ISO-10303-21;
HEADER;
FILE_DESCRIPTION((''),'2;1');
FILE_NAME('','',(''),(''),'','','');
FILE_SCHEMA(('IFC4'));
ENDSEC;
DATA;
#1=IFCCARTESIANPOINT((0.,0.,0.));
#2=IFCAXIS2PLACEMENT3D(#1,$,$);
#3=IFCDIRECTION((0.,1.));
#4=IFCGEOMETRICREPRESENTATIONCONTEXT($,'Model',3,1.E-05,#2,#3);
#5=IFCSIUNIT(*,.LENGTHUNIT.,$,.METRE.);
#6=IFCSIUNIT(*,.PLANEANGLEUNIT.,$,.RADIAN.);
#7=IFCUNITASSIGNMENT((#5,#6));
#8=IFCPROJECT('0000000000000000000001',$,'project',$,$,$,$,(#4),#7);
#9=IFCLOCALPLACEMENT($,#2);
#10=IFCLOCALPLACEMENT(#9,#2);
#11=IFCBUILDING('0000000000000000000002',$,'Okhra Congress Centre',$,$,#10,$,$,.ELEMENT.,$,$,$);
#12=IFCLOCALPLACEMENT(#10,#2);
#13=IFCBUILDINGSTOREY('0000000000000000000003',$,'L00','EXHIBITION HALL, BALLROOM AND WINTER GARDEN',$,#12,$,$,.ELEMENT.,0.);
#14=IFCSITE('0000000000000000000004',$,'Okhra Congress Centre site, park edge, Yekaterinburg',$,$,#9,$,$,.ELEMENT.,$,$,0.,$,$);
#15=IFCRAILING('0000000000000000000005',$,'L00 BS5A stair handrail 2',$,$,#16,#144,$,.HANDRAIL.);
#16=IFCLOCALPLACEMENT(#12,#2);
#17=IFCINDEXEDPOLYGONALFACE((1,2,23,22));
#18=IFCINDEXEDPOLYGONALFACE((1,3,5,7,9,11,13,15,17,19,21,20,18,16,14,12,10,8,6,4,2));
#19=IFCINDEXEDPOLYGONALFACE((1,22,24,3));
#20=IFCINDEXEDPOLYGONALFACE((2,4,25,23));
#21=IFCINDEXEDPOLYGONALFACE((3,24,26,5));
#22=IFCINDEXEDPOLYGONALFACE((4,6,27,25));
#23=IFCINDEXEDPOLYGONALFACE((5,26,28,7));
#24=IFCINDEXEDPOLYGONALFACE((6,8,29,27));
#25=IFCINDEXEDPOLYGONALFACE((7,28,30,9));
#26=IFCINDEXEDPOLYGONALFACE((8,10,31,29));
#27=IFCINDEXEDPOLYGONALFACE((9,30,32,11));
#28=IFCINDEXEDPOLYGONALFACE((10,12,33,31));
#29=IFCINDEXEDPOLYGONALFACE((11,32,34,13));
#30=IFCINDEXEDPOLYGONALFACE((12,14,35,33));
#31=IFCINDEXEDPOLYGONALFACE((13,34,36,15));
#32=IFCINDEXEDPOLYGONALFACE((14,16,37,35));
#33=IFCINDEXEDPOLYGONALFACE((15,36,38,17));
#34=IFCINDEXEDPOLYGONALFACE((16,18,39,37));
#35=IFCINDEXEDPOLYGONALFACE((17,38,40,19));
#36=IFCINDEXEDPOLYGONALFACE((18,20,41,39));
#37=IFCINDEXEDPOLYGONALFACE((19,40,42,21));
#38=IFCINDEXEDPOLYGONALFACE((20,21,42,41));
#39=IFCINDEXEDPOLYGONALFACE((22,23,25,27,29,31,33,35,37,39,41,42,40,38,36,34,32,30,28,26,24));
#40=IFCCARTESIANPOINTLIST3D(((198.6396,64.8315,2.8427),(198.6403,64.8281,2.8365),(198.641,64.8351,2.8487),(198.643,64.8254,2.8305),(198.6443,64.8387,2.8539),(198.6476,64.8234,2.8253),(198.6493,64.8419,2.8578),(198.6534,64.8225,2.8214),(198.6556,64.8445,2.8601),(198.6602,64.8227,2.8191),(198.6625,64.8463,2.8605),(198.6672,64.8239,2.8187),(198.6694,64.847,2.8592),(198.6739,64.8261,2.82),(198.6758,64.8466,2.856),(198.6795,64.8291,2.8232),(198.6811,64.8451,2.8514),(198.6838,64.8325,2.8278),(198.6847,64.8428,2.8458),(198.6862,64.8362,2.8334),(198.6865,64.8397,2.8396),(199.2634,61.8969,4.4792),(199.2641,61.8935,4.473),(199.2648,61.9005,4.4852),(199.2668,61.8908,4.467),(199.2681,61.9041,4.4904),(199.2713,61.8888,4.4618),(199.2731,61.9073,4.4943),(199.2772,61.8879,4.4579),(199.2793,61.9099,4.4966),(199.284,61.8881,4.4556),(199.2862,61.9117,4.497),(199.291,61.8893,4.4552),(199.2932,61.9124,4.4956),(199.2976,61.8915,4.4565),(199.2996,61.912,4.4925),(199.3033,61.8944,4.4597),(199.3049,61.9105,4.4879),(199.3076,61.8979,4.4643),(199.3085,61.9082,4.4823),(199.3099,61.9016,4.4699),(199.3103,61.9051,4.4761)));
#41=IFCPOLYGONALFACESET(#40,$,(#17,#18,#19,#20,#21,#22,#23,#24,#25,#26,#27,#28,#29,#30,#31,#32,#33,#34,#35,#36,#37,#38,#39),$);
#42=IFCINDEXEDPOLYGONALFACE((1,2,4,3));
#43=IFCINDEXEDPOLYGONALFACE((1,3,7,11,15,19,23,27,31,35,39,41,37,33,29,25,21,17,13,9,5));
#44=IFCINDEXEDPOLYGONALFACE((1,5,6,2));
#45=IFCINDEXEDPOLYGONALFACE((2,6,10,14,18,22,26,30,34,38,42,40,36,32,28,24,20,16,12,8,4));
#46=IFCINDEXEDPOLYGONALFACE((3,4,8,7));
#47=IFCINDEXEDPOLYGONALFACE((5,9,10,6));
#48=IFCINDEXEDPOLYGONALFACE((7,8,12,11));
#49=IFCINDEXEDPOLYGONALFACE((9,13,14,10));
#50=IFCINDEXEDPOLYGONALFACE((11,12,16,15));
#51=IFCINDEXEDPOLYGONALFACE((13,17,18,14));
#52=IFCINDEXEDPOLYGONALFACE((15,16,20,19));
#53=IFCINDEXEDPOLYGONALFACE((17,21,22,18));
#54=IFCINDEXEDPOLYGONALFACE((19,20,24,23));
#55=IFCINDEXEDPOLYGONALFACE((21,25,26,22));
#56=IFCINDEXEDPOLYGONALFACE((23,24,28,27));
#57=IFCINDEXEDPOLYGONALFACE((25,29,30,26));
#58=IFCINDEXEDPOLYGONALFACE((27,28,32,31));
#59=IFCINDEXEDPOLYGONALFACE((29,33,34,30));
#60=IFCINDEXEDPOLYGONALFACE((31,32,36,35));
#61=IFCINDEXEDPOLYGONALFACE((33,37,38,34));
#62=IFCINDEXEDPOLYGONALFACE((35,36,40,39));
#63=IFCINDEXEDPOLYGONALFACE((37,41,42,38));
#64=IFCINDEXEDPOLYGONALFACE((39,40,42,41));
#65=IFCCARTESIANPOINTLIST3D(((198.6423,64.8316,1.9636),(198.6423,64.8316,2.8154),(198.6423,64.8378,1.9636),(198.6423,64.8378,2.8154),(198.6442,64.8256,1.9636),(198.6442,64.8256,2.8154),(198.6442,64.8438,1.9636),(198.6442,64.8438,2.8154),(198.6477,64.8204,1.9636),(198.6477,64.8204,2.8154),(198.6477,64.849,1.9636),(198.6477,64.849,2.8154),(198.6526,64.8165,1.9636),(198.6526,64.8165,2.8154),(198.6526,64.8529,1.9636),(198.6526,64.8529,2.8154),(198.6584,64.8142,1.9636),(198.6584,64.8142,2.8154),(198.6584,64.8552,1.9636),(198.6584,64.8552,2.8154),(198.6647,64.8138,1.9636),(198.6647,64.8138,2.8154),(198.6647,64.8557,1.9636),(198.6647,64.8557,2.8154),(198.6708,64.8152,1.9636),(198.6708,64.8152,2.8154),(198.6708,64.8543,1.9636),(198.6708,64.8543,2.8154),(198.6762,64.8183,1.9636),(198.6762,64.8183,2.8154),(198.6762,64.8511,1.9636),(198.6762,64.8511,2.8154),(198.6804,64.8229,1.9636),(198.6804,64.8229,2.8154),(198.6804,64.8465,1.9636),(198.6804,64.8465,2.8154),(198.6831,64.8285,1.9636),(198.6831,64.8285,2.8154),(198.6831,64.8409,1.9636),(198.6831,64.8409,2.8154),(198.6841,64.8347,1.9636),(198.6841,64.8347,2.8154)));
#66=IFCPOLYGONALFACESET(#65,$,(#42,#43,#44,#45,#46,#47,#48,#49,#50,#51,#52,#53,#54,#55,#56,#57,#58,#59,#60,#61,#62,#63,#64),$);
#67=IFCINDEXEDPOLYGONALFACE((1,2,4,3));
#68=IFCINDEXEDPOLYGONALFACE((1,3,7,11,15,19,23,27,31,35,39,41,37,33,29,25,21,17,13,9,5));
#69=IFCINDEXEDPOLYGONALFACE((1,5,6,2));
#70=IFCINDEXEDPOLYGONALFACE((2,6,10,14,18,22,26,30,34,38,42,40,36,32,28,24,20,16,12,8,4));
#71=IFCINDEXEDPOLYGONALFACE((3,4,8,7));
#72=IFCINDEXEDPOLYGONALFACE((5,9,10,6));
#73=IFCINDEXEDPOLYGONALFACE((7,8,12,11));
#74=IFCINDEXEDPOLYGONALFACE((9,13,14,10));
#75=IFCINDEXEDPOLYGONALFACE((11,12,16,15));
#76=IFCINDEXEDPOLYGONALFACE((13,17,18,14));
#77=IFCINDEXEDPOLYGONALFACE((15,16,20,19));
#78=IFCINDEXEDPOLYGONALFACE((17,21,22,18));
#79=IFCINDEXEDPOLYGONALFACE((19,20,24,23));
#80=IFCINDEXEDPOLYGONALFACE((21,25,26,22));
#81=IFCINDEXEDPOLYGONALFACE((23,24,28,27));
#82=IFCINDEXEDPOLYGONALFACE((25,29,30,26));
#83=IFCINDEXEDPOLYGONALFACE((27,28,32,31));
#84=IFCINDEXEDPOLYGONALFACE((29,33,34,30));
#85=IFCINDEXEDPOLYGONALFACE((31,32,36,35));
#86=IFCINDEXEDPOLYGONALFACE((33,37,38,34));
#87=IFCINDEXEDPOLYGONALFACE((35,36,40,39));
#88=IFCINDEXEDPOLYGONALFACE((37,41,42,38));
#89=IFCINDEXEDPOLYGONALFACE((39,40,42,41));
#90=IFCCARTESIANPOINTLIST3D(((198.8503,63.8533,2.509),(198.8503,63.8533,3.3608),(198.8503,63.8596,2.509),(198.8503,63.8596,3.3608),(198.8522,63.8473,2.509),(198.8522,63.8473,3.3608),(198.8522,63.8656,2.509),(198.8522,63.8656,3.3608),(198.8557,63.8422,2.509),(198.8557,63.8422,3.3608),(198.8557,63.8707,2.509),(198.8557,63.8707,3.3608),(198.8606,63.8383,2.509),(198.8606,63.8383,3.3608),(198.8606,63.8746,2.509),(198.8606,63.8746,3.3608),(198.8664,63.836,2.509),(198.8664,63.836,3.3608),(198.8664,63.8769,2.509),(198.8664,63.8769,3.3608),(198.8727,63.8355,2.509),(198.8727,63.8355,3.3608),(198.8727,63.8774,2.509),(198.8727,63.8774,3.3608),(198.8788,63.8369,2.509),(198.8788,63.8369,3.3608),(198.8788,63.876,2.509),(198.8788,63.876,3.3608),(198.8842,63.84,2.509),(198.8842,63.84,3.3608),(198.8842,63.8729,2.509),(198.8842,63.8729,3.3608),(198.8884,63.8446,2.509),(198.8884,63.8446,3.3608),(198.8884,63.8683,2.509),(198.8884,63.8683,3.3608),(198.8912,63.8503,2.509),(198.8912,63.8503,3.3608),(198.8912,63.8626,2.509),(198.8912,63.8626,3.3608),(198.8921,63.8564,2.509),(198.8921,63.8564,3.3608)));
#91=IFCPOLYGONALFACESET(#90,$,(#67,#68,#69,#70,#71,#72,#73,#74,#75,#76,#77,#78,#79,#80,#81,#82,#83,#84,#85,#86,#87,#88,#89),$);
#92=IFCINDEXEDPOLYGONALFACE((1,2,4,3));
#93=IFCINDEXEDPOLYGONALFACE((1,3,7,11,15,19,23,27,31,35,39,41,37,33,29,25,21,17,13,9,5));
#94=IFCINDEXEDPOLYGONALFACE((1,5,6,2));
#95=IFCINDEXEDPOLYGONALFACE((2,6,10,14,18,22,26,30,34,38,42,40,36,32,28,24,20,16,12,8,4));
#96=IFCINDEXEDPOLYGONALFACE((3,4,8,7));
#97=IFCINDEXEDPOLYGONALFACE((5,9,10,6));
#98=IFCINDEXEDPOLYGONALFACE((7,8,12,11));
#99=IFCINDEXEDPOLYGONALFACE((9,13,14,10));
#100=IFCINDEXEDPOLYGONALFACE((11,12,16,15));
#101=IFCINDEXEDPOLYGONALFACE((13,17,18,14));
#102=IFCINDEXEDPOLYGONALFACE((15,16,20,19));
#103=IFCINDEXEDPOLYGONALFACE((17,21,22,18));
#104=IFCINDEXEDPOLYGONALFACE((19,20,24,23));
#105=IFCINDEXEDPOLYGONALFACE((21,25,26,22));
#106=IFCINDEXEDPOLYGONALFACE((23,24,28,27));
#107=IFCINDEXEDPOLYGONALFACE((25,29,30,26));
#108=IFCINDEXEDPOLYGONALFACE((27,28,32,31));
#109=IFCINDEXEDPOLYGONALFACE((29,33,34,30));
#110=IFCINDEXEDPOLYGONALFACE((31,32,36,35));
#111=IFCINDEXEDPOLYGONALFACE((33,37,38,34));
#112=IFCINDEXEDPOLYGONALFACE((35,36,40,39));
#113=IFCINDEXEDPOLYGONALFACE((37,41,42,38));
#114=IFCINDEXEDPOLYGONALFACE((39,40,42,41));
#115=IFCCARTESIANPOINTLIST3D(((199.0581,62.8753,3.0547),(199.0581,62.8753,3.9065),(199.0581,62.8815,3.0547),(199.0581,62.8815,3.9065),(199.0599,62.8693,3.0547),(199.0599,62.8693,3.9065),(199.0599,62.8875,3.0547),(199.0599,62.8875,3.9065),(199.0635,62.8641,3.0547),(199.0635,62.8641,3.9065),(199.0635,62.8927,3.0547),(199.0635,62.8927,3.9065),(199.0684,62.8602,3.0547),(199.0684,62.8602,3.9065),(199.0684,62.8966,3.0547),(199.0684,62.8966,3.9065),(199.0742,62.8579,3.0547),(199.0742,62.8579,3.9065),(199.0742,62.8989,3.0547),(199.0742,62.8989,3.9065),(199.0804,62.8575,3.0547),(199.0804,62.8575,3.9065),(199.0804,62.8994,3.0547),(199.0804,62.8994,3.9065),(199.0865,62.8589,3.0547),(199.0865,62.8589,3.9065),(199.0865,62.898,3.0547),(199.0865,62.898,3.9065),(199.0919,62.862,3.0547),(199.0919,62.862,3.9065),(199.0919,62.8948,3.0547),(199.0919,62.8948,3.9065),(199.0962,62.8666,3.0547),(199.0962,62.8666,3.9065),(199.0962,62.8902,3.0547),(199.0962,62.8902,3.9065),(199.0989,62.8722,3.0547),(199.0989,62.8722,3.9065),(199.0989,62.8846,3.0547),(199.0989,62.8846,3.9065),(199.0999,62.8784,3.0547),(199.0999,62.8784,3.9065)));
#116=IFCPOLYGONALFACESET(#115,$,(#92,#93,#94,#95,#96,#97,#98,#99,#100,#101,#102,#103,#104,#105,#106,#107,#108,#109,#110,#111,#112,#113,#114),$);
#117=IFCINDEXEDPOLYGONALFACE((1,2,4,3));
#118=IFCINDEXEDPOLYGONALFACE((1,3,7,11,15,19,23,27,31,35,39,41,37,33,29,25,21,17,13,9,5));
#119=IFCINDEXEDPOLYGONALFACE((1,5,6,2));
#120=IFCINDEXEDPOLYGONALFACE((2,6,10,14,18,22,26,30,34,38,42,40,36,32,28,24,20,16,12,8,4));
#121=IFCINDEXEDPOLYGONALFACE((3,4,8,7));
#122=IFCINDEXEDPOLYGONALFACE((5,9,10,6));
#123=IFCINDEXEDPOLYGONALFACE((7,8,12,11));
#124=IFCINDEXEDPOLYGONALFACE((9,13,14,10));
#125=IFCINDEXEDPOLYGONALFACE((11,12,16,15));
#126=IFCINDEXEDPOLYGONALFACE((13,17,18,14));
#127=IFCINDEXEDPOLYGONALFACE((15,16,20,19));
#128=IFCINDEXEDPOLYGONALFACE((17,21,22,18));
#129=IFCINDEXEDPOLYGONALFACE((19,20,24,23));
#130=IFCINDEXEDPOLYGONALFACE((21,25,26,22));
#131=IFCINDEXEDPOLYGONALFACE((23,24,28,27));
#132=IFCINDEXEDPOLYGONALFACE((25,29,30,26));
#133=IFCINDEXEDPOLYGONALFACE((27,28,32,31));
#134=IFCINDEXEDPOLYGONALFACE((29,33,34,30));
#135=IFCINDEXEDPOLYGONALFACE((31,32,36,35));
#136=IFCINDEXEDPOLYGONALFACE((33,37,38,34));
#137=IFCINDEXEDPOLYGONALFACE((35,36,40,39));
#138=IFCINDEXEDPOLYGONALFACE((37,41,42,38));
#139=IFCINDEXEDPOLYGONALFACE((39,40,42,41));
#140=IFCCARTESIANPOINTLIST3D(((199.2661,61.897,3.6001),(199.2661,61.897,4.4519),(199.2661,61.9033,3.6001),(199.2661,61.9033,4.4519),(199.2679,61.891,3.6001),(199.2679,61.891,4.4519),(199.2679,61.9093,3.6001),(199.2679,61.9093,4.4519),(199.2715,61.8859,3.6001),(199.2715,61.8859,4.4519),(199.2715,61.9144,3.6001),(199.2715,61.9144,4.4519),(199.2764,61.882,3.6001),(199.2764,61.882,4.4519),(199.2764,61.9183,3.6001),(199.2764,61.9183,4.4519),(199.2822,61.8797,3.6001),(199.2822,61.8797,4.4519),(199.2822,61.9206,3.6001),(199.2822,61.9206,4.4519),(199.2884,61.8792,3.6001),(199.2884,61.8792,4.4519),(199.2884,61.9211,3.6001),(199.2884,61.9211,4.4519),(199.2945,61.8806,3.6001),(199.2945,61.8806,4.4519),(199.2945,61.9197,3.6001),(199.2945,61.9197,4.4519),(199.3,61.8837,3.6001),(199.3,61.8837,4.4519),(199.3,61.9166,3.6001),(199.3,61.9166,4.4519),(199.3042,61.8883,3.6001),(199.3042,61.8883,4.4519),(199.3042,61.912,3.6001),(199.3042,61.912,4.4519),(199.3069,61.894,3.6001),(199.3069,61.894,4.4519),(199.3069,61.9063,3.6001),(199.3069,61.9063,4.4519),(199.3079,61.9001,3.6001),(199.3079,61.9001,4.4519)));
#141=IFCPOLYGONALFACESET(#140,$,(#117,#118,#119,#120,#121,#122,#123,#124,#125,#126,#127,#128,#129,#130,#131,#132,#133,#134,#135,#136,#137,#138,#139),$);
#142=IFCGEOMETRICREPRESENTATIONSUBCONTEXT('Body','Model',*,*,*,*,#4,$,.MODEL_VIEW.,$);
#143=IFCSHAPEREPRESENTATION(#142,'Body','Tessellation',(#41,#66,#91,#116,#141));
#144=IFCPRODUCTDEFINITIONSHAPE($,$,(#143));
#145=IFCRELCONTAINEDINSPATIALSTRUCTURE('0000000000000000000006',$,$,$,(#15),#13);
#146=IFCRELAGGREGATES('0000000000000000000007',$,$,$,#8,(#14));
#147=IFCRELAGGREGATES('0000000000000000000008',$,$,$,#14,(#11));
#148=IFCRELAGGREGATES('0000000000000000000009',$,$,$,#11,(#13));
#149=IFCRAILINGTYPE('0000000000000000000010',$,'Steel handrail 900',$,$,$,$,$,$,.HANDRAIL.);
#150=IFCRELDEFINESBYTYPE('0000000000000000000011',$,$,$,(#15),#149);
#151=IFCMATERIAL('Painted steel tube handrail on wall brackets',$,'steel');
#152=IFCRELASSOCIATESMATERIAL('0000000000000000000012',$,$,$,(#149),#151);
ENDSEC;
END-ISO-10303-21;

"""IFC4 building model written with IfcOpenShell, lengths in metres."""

from ifc_helpers import new_model, si_unit, direction, frame, origin, origin_2d, place, context, subcontext, project, spatial, circle, extrude, material, type_object, element, save


model = new_model("IFC4")

# Units and contexts
model_context = context("Model", 3, precision=1e-05, world=origin(), true_north=direction((0.0, 1.0)))
body_context = subcontext(model_context, "Body", "Model", "MODEL_VIEW")
ifc_project = project(units=[si_unit("LENGTHUNIT", "METRE"), si_unit("PLANEANGLEUNIT", "RADIAN")], contexts=[model_context])

# Site, building, storey
site_placement = place(None, origin())
site = spatial("IfcSite", under=ifc_project, at=site_placement, Name="Okhra Congress Centre site, park edge, Yekaterinburg", CompositionType="ELEMENT", RefElevation=0.0)
building_placement = place(site_placement, origin())
building = spatial("IfcBuilding", under=site, at=building_placement, Name="Okhra Congress Centre", CompositionType="ELEMENT")
storey_placement = place(building_placement, origin())
storey = spatial("IfcBuildingStorey", under=building, at=storey_placement, Name="L00", Description="EXHIBITION HALL, BALLROOM AND WINTER GARDEN", CompositionType="ELEMENT", Elevation=0.0)

# Railing
ifc_material_1 = material(Name="Painted steel tube handrail on wall brackets", Category="steel")
railing_type_1 = type_object("IfcRailingType", Name="Steel handrail 900", PredefinedType="HANDRAIL", material=ifc_material_1)
railing_1_placement = place(storey_placement, frame((198.6631, 64.8347, 1.9636)))
element("IfcRailing", 1, at=railing_1_placement, inside=storey, type_object=railing_type_1, Name="L00 BS5A stair handrail 2", PredefinedType="HANDRAIL", context=body_context, shape_type="SweptSolid", body=[
    extrude(circle(Radius=0.0239, at=origin_2d()), frame((0.0, 0.0, 0.876), z_axis=(0.182529, -0.858706, 0.478861), x_axis=(0.978146, 0.207917, 0.0)), (0.0, 0.0, 1.0), 3.4175),
    extrude(circle(Radius=0.021, at=origin_2d()), origin(), (0.0, 0.0, 1.0), 0.8518),
    extrude(circle(Radius=0.021, at=origin_2d()), frame((0.208, -0.9783, 0.5454)), (0.0, 0.0, 1.0), 0.8518),
    extrude(circle(Radius=0.021, at=origin_2d()), frame((0.4158, -1.9563, 1.0911)), (0.0, 0.0, 1.0), 0.8518),
    extrude(circle(Radius=0.021, at=origin_2d()), frame((0.6238, -2.9346, 1.6365)), (0.0, 0.0, 1.0), 0.8518),
])

save(model, "model.ifc")
